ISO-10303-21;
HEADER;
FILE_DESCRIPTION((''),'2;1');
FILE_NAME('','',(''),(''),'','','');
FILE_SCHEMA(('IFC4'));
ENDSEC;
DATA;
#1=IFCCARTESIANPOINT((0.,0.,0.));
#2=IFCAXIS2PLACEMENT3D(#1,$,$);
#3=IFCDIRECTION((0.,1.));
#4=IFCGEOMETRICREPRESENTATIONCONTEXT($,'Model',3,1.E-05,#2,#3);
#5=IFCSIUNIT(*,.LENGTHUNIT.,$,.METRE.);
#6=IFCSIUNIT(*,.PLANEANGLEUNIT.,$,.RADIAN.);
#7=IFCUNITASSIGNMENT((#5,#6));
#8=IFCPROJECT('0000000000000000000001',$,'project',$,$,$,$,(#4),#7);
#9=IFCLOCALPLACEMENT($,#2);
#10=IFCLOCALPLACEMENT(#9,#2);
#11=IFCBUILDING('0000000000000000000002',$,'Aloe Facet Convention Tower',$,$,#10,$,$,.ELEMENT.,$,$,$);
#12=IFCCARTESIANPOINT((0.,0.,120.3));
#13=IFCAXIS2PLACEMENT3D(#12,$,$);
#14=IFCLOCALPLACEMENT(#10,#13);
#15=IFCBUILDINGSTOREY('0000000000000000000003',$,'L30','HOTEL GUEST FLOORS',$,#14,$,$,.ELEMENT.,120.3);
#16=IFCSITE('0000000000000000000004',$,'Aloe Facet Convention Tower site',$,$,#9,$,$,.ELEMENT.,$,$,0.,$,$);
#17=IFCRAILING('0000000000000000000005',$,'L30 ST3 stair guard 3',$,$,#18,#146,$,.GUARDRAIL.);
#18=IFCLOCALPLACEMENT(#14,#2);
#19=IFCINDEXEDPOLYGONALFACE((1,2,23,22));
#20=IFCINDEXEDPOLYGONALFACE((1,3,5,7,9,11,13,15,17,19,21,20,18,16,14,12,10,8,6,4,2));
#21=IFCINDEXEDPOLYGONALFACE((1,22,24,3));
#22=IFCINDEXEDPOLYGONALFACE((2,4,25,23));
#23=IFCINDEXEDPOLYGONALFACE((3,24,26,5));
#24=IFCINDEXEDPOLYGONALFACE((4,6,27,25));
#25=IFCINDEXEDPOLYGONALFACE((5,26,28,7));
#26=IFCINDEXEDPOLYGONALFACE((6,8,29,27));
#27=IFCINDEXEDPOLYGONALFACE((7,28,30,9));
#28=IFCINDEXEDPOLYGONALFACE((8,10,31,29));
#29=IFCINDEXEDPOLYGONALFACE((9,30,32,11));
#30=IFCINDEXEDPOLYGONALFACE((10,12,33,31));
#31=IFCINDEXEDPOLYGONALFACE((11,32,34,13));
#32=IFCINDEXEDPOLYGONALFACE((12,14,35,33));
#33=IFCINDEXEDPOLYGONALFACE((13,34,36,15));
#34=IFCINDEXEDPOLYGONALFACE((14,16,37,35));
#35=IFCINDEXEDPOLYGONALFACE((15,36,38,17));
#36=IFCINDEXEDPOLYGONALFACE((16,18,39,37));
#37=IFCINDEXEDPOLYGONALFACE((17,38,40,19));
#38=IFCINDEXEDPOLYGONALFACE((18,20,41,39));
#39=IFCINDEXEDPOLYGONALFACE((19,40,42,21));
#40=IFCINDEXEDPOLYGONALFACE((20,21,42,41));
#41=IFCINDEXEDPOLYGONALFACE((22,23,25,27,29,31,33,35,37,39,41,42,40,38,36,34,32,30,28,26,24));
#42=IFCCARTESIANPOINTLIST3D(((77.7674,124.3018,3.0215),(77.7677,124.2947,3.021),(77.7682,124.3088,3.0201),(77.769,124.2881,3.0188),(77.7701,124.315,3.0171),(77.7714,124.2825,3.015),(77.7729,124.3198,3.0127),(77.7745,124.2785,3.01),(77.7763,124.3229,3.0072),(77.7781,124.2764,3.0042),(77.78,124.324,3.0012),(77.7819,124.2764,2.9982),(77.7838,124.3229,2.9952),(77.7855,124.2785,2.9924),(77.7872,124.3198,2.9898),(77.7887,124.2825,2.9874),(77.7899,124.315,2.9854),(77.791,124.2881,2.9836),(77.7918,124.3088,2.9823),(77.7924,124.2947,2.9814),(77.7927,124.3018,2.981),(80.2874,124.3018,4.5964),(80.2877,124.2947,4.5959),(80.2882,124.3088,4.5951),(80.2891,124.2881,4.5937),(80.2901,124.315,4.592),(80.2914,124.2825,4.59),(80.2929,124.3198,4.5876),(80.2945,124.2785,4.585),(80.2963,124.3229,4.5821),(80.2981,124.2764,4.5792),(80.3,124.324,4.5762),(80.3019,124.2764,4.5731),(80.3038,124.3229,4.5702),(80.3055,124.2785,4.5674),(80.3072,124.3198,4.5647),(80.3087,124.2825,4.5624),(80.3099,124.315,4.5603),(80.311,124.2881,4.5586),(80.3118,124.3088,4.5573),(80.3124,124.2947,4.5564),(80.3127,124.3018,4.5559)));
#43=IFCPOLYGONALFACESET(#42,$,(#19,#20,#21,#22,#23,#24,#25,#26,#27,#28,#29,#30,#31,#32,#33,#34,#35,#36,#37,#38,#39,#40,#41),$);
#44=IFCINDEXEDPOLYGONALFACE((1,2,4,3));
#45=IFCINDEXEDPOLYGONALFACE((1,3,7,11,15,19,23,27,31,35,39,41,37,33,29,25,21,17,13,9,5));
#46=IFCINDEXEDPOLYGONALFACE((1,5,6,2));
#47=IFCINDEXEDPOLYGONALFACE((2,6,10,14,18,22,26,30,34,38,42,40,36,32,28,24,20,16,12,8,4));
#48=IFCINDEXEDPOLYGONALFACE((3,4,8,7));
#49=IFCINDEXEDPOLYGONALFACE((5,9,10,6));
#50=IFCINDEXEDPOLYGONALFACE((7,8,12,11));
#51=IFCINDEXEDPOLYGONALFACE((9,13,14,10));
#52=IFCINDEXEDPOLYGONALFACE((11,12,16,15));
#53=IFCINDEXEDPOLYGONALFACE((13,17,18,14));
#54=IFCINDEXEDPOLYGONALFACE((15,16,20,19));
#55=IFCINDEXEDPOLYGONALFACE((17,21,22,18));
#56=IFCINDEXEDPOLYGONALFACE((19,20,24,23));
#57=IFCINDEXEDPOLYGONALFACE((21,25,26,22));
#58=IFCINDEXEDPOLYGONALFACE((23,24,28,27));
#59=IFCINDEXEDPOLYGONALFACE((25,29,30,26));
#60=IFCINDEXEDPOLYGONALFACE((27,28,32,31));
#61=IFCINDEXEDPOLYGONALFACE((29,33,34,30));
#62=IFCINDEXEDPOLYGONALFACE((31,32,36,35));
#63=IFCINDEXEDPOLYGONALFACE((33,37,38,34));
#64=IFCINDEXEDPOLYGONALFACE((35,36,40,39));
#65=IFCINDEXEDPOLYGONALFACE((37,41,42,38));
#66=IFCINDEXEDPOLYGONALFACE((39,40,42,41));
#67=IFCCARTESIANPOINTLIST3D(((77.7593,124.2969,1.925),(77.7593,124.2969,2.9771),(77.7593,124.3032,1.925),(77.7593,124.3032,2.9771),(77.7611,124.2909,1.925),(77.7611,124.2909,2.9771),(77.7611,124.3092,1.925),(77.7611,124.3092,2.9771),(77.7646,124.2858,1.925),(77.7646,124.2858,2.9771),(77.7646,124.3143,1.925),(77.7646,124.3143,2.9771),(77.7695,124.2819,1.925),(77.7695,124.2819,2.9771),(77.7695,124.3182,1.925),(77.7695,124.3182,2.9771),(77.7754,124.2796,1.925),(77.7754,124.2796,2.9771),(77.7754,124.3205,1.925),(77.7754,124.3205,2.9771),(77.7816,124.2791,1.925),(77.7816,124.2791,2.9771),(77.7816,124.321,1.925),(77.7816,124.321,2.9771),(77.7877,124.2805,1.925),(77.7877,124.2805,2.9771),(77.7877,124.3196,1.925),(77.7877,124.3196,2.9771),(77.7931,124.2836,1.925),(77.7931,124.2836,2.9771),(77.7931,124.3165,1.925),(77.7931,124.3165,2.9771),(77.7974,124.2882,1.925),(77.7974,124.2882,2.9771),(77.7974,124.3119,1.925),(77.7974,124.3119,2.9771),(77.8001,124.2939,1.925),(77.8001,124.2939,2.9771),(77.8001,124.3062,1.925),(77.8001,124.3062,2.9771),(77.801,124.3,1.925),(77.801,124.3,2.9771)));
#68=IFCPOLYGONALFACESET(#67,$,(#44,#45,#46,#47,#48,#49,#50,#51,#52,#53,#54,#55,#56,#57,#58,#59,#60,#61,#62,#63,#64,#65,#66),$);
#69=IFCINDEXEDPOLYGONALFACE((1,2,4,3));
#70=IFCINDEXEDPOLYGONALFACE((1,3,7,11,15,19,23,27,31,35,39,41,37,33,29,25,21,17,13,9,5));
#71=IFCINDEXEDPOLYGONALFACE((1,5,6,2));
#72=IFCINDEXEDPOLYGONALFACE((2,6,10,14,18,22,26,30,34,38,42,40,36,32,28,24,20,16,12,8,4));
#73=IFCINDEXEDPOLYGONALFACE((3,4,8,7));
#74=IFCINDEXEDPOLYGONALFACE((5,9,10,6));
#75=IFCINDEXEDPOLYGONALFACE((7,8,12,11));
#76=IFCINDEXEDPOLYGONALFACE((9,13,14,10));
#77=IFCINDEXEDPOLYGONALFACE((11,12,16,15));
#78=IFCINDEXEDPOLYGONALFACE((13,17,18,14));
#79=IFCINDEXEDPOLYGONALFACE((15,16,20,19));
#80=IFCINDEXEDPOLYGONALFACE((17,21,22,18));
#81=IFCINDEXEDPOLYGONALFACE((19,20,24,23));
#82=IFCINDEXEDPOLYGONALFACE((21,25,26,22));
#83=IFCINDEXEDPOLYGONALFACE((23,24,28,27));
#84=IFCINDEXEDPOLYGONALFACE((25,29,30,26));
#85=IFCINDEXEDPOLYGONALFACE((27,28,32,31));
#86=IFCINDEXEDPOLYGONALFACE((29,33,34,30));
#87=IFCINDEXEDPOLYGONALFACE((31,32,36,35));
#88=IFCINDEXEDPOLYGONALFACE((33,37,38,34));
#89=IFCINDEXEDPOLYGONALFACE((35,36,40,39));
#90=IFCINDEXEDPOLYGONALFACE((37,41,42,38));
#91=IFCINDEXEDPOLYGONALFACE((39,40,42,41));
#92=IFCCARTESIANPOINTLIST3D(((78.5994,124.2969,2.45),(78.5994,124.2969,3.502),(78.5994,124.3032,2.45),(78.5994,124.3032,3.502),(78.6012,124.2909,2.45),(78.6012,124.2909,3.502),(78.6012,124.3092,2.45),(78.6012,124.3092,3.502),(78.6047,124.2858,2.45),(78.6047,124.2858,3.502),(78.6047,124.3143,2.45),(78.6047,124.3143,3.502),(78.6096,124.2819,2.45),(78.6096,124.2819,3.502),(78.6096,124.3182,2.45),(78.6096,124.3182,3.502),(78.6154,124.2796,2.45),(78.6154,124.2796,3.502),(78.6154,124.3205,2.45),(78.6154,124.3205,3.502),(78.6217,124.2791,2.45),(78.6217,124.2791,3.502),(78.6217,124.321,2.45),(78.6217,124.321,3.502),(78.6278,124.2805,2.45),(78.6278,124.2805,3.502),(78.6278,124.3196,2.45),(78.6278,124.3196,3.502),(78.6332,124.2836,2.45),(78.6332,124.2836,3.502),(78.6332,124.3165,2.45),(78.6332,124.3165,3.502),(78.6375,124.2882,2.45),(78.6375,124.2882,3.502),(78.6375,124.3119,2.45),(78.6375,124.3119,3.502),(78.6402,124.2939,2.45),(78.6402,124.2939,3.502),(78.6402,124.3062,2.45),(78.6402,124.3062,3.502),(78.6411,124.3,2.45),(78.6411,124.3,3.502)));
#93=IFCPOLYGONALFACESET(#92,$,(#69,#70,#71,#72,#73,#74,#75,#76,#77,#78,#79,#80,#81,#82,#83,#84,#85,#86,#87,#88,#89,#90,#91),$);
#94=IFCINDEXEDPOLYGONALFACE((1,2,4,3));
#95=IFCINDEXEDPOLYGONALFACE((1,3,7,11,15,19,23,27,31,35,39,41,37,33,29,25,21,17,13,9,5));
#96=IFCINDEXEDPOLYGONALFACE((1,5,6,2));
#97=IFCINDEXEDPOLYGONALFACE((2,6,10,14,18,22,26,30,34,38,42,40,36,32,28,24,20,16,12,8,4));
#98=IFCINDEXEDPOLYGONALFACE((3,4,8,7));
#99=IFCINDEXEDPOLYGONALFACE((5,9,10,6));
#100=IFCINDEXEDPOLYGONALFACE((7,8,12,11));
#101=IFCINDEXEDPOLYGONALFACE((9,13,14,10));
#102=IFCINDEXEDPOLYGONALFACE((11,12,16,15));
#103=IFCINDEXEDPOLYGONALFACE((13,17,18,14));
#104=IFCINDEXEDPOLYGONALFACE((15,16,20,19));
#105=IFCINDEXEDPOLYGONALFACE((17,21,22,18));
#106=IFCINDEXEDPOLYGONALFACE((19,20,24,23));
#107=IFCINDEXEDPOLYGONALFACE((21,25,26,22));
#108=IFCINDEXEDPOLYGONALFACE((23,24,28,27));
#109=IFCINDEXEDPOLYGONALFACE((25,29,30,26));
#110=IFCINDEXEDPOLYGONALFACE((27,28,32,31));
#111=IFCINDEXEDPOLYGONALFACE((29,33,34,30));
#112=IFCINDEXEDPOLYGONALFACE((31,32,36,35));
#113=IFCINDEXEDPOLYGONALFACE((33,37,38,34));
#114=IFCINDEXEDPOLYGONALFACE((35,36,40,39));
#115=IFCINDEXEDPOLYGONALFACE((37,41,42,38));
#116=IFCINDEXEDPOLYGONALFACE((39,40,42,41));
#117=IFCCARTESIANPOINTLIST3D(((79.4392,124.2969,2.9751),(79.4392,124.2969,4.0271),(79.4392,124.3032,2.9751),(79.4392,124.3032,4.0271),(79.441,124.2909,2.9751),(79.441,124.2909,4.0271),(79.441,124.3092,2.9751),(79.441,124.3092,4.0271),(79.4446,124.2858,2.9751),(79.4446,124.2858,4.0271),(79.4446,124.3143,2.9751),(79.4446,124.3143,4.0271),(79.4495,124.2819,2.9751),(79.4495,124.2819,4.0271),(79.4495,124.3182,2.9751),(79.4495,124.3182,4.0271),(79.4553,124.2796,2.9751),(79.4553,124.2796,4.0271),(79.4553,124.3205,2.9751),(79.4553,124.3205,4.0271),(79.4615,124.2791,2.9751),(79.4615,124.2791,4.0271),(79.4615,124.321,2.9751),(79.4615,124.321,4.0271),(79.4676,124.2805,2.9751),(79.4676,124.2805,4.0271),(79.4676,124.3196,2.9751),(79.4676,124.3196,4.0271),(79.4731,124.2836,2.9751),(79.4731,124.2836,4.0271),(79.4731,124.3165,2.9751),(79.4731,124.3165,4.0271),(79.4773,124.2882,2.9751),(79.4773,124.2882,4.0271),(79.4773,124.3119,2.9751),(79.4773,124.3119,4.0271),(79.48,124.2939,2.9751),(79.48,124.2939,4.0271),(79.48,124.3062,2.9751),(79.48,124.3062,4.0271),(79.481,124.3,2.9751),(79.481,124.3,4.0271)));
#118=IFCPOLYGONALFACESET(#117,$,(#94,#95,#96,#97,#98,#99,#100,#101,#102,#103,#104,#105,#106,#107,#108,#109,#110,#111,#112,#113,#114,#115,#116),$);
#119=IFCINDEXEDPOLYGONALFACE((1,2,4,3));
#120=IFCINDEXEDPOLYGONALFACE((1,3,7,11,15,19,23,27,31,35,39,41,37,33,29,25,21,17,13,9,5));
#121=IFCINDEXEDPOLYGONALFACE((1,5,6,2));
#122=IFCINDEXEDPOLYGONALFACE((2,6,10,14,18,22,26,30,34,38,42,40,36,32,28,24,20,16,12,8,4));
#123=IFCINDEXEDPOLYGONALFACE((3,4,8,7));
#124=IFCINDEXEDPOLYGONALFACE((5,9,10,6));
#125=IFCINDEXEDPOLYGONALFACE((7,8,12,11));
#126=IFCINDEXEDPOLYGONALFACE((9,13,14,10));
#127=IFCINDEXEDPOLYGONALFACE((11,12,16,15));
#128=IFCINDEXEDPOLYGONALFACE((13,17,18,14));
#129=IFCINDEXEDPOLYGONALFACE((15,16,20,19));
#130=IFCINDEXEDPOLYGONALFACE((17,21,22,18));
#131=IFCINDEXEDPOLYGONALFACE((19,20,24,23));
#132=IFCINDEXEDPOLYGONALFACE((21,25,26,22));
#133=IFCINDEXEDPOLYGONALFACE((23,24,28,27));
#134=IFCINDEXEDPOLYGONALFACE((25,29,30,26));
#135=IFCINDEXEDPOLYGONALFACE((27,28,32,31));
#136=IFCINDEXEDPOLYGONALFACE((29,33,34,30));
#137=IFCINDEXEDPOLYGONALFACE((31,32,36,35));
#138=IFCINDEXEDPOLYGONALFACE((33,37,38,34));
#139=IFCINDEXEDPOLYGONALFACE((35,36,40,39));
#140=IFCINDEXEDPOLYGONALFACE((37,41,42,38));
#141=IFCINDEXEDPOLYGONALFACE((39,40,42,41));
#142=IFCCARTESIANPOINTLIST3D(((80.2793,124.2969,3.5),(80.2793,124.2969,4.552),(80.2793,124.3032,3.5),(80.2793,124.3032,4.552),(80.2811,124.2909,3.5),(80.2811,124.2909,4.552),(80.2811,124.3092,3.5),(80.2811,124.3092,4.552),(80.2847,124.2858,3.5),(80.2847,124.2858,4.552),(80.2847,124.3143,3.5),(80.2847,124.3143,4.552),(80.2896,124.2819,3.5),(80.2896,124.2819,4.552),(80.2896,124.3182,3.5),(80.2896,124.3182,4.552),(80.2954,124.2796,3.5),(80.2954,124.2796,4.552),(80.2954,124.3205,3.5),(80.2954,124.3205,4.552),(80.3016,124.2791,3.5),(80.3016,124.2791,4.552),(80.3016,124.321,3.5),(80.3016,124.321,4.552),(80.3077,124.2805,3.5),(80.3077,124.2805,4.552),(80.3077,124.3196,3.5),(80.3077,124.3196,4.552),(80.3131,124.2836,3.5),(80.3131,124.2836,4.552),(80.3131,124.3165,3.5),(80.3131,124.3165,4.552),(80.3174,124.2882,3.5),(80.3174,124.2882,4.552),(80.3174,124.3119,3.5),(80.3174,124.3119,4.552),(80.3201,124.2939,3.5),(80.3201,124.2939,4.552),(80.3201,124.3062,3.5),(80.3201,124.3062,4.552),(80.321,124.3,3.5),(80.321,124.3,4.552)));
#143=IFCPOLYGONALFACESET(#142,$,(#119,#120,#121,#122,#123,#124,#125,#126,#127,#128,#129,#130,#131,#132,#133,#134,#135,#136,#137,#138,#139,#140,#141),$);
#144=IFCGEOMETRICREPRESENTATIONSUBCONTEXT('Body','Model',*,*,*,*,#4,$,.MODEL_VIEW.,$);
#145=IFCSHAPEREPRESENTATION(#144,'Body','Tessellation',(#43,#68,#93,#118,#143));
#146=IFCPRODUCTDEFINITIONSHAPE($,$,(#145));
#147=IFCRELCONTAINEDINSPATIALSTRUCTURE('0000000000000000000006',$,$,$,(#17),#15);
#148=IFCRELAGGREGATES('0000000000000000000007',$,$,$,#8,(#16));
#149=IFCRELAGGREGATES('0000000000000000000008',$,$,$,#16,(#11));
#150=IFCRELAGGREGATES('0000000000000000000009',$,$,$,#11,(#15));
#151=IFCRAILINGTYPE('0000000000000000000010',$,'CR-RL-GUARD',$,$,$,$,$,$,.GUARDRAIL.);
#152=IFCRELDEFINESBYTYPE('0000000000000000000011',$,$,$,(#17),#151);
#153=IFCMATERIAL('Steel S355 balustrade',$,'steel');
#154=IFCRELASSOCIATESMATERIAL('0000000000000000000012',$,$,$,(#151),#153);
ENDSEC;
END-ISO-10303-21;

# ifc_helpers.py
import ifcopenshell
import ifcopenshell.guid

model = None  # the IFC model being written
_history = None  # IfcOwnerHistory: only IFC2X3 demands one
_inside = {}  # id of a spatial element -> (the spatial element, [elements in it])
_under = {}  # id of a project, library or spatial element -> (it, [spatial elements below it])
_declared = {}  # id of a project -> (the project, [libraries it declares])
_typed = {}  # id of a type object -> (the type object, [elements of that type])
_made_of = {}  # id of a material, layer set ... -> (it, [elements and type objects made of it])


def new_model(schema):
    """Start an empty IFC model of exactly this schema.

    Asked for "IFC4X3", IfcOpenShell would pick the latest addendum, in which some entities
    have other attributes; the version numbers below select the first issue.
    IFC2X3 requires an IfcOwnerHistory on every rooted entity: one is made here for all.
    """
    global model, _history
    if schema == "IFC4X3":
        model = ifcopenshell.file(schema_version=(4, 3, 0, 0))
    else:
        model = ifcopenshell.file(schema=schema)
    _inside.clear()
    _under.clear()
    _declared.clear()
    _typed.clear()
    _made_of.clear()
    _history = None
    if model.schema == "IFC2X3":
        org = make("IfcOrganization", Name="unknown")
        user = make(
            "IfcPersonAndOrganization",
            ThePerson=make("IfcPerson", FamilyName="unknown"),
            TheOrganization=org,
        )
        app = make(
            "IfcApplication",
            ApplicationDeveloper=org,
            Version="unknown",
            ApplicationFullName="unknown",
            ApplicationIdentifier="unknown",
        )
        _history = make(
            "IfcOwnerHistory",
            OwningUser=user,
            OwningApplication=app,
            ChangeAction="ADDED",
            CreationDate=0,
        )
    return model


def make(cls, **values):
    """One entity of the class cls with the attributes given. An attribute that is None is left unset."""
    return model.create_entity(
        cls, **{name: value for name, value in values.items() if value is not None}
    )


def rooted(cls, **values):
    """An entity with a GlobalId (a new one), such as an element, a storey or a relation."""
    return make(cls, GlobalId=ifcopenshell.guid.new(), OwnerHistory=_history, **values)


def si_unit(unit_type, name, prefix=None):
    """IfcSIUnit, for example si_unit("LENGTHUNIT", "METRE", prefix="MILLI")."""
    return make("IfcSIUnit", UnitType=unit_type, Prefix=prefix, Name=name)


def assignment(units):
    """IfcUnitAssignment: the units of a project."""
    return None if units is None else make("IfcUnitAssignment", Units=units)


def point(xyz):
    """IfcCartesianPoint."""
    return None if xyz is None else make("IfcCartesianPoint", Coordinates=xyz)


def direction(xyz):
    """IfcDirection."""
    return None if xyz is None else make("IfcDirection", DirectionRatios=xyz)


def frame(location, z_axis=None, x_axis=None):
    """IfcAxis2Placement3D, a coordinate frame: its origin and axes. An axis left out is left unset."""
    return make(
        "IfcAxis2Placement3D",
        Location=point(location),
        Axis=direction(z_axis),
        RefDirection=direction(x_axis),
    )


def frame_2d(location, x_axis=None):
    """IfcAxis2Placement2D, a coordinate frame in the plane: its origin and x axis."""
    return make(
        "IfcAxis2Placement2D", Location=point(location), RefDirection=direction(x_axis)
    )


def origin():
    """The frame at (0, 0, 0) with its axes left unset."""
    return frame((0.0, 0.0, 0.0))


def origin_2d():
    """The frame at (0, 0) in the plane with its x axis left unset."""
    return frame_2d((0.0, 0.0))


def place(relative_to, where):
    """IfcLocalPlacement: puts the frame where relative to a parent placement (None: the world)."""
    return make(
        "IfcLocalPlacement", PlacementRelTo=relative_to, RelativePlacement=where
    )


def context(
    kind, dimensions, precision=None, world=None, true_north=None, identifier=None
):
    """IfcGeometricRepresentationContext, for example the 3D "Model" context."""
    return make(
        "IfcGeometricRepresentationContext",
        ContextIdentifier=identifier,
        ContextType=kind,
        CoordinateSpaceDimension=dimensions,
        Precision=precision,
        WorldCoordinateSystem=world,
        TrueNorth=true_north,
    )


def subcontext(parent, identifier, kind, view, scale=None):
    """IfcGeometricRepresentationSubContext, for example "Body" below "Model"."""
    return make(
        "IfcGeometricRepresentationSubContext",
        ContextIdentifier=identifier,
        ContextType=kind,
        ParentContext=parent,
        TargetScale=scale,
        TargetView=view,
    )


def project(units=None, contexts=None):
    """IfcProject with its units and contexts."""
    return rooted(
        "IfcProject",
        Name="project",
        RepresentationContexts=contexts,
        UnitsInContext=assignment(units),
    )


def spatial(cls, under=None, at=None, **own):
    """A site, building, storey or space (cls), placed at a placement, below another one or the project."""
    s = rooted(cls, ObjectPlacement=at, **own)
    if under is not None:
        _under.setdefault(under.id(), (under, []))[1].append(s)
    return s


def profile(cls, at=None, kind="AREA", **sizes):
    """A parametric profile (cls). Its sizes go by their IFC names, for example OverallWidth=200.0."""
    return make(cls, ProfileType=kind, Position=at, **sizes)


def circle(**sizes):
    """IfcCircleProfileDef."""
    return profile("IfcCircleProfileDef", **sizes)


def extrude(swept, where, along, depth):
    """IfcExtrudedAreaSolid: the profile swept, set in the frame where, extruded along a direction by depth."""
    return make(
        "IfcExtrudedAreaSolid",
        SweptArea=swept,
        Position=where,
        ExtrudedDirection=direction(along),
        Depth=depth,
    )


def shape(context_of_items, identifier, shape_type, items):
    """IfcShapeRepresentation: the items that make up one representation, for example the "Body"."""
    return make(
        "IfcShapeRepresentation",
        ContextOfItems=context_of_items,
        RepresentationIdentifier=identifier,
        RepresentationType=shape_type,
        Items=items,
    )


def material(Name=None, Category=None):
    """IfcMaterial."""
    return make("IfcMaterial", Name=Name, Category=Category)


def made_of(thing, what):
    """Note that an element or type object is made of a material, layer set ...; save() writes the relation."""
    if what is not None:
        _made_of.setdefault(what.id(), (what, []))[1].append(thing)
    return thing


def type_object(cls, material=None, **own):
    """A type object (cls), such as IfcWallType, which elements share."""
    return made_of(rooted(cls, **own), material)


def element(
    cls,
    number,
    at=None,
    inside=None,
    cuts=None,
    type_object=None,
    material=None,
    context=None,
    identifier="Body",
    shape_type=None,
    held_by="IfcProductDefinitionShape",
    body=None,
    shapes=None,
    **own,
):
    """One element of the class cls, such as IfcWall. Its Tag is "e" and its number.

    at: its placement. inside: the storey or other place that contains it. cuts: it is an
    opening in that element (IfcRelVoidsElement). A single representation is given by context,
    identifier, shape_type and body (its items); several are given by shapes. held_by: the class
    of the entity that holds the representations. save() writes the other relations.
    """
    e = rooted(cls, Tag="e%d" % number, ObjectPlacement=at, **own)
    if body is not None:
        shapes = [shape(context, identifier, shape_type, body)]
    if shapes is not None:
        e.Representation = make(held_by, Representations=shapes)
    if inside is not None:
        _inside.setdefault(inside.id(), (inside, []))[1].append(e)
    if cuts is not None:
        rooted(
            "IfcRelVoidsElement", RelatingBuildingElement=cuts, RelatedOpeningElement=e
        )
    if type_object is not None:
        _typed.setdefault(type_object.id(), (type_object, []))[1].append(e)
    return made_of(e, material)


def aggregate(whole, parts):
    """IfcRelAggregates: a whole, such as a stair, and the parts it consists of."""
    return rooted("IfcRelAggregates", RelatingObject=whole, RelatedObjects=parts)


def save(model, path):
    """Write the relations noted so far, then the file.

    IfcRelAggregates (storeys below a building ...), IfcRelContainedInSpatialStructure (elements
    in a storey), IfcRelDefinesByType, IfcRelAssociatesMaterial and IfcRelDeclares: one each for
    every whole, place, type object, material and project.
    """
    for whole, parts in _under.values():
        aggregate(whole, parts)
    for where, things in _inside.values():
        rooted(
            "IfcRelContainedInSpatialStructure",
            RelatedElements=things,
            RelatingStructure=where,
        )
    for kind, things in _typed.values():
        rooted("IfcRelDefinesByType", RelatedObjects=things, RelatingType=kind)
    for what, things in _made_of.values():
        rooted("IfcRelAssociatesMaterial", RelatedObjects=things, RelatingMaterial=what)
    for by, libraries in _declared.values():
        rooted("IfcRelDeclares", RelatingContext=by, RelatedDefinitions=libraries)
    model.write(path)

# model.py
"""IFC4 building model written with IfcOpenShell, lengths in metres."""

from ifc_helpers import new_model, si_unit, direction, frame, origin, origin_2d, place, context, subcontext, project, spatial, circle, extrude, material, type_object, element, save


model = new_model("IFC4")

# Units and contexts
model_context = context("Model", 3, precision=1e-05, world=origin(), true_north=direction((0.0, 1.0)))
body_context = subcontext(model_context, "Body", "Model", "MODEL_VIEW")
ifc_project = project(units=[si_unit("LENGTHUNIT", "METRE"), si_unit("PLANEANGLEUNIT", "RADIAN")], contexts=[model_context])

# Site, building, storey
site_placement = place(None, origin())
site = spatial("IfcSite", under=ifc_project, at=site_placement, Name="Aloe Facet Convention Tower site", CompositionType="ELEMENT", RefElevation=0.0)
building_placement = place(site_placement, origin())
building = spatial("IfcBuilding", under=site, at=building_placement, Name="Aloe Facet Convention Tower", CompositionType="ELEMENT")
storey_placement = place(building_placement, frame((0.0, 0.0, 120.3)))
storey = spatial("IfcBuildingStorey", under=building, at=storey_placement, Name="L30", Description="HOTEL GUEST FLOORS", CompositionType="ELEMENT", Elevation=120.3)

# Railing
ifc_material_1 = material(Name="Steel S355 balustrade", Category="steel")
railing_type_1 = type_object("IfcRailingType", Name="CR-RL-GUARD", PredefinedType="GUARDRAIL", material=ifc_material_1)
railing_1_placement = place(storey_placement, frame((77.78, 124.3, 1.925)))
element("IfcRailing", 1, at=railing_1_placement, inside=storey, type_object=railing_type_1, Name="L30 ST3 stair guard 3", PredefinedType="GUARDRAIL", context=body_context, shape_type="SweptSolid", body=[
    extrude(circle(Radius=0.0239, at=origin_2d()), frame((0.0, 0.0, 1.0762), z_axis=(0.848008, 0.0, 0.529984), x_axis=(0.0, 1.0, 0.0)), (0.0, 0.0, 1.0), 2.9717),
    extrude(circle(Radius=0.021, at=origin_2d()), origin(), (0.0, 0.0, 1.0), 1.052),
    extrude(circle(Radius=0.021, at=origin_2d()), frame((0.8401, 0.0, 0.5249)), (0.0, 0.0, 1.0), 1.052),
    extrude(circle(Radius=0.021, at=origin_2d()), frame((1.6799, 0.0, 1.05)), (0.0, 0.0, 1.0), 1.052),
    extrude(circle(Radius=0.021, at=origin_2d()), frame((2.52, 0.0, 1.575)), (0.0, 0.0, 1.0), 1.052),
])

save(model, "model.ifc")
